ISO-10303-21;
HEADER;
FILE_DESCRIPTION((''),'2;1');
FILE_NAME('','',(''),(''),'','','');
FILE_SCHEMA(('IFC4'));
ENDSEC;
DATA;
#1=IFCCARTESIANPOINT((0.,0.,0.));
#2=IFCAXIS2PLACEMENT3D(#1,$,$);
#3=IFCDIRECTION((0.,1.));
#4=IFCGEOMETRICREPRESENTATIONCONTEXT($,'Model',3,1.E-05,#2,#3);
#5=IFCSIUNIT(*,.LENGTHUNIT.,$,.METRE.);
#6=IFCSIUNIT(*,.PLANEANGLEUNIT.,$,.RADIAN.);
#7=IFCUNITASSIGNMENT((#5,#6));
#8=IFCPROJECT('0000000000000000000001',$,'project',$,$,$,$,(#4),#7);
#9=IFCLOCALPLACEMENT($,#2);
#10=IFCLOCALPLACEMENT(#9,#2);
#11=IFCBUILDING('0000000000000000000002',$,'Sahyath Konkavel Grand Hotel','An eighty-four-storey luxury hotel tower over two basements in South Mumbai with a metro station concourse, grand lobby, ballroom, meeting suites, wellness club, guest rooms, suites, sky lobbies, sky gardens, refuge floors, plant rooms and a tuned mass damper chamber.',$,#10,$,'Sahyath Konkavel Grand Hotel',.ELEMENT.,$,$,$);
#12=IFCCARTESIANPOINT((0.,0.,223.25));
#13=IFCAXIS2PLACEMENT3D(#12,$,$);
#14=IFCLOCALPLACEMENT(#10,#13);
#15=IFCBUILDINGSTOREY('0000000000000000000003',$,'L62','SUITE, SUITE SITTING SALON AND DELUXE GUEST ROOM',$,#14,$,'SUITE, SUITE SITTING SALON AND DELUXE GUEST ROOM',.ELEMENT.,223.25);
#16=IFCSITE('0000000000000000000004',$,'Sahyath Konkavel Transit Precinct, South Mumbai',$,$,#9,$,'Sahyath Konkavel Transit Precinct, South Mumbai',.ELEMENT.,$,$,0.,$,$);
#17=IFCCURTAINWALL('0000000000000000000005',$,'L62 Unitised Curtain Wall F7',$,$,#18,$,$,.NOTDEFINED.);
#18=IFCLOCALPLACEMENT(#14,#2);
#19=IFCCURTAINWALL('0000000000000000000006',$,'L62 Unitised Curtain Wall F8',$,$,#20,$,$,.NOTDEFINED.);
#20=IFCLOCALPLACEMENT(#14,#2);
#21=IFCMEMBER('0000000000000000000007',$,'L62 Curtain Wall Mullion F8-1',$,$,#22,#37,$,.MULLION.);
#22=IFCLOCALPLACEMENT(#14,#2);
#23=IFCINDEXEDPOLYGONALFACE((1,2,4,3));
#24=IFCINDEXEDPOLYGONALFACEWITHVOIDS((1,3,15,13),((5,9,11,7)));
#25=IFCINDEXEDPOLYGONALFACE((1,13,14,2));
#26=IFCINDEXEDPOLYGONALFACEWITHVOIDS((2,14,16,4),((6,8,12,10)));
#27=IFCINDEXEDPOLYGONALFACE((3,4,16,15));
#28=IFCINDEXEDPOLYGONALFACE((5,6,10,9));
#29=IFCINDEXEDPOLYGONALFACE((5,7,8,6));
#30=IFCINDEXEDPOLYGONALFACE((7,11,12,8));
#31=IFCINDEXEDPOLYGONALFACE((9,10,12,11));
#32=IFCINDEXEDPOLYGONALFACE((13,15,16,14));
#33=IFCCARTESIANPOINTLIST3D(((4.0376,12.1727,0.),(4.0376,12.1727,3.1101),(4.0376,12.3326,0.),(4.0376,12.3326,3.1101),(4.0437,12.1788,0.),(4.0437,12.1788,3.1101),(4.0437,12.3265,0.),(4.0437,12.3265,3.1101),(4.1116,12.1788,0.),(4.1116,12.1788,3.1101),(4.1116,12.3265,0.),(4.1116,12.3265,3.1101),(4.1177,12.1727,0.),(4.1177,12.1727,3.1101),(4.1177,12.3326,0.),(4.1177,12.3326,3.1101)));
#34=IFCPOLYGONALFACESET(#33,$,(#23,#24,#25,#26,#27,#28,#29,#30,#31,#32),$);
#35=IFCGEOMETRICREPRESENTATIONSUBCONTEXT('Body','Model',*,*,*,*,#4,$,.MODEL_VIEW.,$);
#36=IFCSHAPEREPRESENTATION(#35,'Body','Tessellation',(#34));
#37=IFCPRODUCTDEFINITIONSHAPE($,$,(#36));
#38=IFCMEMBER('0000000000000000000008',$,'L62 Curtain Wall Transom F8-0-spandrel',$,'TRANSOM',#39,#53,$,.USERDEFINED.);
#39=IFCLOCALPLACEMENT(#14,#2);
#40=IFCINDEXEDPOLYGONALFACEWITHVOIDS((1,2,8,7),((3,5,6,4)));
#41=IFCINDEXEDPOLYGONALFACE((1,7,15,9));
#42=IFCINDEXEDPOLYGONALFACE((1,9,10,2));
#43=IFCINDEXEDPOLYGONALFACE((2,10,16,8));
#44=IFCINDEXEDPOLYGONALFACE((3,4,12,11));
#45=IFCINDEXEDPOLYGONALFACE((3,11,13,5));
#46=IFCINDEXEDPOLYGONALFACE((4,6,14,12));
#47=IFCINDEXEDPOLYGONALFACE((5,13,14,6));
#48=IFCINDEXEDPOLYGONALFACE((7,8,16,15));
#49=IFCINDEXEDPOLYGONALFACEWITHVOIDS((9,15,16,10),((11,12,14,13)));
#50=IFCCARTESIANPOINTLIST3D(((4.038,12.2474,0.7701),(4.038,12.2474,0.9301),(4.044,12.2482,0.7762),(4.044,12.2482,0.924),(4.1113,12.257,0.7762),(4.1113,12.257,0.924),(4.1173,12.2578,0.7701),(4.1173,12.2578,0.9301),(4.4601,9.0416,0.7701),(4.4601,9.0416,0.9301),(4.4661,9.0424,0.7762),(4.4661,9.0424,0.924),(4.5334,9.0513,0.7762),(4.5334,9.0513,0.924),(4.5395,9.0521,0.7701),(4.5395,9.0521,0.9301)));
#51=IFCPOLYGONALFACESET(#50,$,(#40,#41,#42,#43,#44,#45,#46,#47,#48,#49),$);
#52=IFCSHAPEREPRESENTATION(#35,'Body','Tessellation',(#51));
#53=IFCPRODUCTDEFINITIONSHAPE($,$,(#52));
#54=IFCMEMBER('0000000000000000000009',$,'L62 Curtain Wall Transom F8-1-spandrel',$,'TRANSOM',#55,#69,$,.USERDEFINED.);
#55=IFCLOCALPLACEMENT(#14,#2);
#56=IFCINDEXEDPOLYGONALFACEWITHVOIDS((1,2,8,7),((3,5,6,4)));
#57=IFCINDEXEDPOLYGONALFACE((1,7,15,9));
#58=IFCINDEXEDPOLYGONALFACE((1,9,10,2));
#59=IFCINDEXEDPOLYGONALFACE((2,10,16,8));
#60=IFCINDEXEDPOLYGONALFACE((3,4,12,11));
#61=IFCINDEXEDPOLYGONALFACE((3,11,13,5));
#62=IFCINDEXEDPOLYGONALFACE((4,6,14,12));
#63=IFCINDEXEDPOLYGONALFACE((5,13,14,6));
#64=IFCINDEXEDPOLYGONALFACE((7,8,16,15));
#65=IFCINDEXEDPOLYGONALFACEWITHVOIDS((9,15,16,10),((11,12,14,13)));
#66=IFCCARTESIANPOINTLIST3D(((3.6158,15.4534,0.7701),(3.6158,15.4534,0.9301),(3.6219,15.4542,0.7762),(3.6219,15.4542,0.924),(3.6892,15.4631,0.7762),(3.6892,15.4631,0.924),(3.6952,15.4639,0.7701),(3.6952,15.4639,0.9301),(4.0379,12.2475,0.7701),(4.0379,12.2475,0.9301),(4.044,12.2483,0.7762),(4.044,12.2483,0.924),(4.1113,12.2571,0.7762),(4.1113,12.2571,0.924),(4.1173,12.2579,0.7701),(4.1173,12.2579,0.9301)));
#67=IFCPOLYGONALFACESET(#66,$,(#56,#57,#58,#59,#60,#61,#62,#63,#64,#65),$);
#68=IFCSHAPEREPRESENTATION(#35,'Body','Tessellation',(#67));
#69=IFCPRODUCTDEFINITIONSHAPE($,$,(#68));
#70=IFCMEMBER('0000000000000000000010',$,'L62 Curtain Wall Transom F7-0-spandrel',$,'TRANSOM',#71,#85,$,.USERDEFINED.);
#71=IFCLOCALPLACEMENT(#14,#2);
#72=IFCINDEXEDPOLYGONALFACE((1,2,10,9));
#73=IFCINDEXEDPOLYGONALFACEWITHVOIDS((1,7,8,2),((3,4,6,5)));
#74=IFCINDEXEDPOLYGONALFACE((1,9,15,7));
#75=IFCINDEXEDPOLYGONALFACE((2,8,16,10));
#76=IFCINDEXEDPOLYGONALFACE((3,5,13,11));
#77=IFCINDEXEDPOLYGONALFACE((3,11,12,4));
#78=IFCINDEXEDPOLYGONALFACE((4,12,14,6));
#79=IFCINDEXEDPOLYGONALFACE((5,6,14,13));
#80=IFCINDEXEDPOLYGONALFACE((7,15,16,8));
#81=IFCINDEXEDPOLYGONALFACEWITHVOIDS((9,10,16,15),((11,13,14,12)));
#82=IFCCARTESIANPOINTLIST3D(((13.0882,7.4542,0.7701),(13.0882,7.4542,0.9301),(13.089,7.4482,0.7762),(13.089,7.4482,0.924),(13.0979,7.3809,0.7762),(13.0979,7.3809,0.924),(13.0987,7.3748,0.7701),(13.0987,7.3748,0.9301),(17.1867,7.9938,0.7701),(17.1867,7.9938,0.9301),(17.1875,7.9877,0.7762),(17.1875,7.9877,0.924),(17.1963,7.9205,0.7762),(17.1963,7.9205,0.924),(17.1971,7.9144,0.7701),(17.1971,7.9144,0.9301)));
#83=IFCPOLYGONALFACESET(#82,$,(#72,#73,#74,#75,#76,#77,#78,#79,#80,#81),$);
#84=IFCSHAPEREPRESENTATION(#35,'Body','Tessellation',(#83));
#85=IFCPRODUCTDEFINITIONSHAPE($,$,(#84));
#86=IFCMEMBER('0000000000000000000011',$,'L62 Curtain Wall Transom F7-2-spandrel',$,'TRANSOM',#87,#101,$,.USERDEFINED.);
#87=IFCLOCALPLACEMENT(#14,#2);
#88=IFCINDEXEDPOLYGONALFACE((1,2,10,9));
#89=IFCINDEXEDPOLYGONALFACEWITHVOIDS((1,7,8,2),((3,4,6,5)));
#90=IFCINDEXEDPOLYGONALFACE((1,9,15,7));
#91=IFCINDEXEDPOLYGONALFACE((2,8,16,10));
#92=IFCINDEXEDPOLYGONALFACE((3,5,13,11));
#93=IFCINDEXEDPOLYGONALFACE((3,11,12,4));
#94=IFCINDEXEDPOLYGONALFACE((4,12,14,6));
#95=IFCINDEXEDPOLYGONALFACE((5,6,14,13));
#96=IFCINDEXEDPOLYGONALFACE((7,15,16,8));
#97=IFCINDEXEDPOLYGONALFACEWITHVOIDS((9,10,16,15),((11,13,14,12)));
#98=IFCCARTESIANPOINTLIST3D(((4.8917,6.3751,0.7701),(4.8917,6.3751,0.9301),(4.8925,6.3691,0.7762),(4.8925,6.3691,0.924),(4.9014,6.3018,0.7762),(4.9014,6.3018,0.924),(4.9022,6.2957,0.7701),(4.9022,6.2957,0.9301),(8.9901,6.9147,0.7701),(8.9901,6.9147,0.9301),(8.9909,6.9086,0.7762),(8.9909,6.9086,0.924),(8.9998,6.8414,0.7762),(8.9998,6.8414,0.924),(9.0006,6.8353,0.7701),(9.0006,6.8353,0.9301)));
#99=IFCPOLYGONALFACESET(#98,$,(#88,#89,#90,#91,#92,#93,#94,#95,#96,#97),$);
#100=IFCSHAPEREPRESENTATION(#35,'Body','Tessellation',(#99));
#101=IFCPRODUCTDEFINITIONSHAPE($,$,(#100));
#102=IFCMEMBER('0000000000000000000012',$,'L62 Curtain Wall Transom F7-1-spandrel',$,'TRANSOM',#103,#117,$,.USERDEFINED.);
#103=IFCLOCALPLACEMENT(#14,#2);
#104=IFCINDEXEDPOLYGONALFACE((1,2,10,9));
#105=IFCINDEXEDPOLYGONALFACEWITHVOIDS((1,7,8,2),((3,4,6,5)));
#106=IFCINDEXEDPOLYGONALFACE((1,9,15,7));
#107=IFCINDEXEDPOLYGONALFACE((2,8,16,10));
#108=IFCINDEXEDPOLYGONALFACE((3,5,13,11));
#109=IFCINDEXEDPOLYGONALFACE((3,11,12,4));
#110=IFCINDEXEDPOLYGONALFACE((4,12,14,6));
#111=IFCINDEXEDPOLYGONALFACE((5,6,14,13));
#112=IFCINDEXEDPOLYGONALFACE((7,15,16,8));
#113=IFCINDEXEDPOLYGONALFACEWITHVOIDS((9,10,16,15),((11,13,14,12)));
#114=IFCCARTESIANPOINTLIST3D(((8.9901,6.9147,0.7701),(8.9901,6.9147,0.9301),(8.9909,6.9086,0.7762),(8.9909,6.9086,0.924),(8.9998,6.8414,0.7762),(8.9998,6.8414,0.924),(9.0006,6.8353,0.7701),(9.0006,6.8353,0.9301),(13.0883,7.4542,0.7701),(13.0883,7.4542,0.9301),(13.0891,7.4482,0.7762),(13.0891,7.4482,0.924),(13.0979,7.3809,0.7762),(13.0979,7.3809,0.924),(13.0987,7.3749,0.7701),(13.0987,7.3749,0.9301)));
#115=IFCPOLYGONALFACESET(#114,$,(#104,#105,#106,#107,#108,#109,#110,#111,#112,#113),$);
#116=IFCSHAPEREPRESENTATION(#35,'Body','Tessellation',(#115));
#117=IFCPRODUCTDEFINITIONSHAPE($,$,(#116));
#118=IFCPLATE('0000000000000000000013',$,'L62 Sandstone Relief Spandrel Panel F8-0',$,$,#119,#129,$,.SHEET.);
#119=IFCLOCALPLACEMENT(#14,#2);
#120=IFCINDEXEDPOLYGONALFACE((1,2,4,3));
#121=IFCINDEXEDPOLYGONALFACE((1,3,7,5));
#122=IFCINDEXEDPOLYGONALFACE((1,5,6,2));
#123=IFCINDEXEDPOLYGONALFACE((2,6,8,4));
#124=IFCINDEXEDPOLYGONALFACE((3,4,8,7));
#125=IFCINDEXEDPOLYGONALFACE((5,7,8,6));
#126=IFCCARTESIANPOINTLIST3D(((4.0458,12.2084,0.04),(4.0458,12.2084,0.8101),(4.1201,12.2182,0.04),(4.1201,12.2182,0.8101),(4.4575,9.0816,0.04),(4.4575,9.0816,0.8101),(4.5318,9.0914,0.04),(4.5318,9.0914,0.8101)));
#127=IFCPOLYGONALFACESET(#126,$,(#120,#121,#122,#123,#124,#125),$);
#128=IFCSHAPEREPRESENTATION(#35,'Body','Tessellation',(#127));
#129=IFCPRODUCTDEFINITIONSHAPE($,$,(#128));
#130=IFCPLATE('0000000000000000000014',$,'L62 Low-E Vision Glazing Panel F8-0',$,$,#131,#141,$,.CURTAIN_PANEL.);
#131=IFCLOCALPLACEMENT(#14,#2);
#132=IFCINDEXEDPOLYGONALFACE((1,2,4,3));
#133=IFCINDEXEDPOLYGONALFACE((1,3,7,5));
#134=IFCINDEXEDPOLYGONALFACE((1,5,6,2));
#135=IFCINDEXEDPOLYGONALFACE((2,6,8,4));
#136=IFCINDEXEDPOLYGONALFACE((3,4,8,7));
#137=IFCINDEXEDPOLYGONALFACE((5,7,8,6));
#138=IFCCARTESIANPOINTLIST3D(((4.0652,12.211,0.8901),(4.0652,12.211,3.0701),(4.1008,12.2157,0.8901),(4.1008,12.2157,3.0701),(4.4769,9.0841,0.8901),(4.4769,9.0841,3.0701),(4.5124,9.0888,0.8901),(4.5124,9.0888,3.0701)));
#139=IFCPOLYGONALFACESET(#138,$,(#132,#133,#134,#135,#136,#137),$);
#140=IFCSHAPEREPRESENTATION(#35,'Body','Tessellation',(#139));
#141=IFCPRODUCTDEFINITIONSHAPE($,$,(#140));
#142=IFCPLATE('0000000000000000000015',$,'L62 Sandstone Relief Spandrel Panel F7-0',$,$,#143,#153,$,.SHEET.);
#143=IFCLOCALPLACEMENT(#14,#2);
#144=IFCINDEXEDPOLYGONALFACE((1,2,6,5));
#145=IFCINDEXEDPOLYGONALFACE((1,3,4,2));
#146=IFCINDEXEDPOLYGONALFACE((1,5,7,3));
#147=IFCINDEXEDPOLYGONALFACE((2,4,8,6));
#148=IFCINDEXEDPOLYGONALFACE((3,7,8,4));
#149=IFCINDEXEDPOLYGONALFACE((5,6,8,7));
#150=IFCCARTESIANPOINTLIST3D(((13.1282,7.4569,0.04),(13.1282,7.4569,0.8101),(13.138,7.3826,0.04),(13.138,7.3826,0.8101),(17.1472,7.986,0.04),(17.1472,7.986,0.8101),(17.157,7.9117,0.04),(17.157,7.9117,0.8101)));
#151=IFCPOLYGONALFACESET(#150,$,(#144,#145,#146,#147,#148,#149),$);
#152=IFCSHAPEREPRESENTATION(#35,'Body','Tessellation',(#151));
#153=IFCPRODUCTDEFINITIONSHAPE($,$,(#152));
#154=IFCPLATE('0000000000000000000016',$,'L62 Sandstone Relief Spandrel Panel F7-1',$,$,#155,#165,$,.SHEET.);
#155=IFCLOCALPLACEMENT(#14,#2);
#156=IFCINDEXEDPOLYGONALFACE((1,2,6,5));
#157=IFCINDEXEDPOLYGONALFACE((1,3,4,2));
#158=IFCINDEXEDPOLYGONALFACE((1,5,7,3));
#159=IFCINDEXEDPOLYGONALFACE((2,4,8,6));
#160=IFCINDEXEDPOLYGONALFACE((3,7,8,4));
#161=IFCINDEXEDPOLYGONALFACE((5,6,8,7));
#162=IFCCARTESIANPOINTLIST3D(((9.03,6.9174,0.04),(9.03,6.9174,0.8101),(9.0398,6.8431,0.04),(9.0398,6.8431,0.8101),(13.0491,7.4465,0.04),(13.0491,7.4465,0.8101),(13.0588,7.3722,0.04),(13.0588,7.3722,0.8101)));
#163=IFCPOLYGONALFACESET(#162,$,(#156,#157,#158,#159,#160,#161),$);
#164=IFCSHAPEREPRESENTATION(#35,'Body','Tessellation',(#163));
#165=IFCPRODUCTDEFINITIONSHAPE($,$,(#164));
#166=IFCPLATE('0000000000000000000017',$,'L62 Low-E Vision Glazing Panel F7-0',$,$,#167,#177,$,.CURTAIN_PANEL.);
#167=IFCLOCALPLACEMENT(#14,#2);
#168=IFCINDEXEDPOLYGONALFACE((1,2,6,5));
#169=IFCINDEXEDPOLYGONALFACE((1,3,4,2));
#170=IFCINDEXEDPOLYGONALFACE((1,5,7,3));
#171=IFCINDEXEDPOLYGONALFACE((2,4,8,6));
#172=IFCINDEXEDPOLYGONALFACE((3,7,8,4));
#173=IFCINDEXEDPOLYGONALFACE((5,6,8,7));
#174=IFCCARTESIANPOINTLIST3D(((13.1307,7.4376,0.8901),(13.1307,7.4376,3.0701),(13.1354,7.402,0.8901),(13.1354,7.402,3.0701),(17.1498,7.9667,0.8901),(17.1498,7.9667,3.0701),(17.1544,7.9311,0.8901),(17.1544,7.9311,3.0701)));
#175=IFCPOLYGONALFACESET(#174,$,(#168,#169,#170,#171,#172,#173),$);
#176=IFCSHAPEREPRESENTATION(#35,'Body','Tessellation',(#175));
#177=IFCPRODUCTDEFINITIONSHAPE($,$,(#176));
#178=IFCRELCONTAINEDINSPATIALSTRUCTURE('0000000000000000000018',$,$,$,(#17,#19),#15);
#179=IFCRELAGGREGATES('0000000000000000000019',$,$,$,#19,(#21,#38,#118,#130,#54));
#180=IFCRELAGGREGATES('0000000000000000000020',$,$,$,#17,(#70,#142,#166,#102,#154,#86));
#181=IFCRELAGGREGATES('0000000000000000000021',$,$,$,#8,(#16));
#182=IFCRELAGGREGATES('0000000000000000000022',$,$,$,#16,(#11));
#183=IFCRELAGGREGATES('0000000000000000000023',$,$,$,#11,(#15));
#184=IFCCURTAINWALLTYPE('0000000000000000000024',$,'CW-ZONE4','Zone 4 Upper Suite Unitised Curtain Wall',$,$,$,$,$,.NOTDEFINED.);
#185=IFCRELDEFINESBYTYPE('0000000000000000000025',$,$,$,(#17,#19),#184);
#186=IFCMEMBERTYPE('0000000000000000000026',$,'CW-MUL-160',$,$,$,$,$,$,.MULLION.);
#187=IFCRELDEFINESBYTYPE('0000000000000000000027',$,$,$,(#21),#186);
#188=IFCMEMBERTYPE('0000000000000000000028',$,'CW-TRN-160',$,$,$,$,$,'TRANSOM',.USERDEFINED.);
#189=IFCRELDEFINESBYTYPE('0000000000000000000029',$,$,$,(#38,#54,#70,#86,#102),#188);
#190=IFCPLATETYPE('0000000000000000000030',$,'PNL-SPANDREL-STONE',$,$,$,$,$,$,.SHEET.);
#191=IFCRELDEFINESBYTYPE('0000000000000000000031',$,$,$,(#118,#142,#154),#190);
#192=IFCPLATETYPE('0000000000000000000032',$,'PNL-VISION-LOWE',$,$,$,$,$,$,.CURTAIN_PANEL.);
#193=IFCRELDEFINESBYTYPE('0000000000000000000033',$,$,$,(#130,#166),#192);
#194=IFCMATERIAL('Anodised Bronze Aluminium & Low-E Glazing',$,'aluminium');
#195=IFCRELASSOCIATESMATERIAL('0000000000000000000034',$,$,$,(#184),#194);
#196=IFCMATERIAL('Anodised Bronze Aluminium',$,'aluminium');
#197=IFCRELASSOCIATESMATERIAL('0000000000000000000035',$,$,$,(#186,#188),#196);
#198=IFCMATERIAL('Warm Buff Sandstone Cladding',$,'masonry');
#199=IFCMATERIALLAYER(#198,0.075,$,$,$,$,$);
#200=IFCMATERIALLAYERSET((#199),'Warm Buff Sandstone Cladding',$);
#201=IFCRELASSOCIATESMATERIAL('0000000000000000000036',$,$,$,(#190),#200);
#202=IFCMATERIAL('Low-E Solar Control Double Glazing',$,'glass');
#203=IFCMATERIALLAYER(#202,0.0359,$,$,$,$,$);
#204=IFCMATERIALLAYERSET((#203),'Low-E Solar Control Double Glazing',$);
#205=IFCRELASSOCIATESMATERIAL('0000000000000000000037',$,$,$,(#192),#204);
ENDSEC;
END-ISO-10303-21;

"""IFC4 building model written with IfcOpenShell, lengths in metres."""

from ifc_helpers import new_model, si_unit, direction, frame, origin, origin_2d, place, context, subcontext, project, spatial, rectangle, hollow_rectangle, extrude, source, transform, mapped, material, layer, layer_set, material_profile, profile_set, type_object, element, aggregate, save


model = new_model("IFC4")

# Units and contexts
model_context = context("Model", 3, precision=1e-05, world=origin(), true_north=direction((0.0, 1.0)))
body_context = subcontext(model_context, "Body", "Model", "MODEL_VIEW")
ifc_project = project(units=[si_unit("LENGTHUNIT", "METRE"), si_unit("PLANEANGLEUNIT", "RADIAN")], contexts=[model_context])

# Site, building, storey
site_placement = place(None, origin())
site = spatial("IfcSite", under=ifc_project, at=site_placement, Name="Sahyath Konkavel Transit Precinct, South Mumbai", LongName="Sahyath Konkavel Transit Precinct, South Mumbai", CompositionType="ELEMENT", RefElevation=0.0)
building_placement = place(site_placement, origin())
building = spatial("IfcBuilding", under=site, at=building_placement, Name="Sahyath Konkavel Grand Hotel", Description="An eighty-four-storey luxury hotel tower over two basements in South Mumbai with a metro station concourse, grand lobby, ballroom, meeting suites, wellness club, guest rooms, suites, sky lobbies, sky gardens, refuge floors, plant rooms and a tuned mass damper chamber.", LongName="Sahyath Konkavel Grand Hotel", CompositionType="ELEMENT")
storey_placement = place(building_placement, frame((0.0, 0.0, 223.25)))
storey = spatial("IfcBuildingStorey", under=building, at=storey_placement, Name="L62", Description="SUITE, SUITE SITTING SALON AND DELUXE GUEST ROOM", LongName="SUITE, SUITE SITTING SALON AND DELUXE GUEST ROOM", CompositionType="ELEMENT", Elevation=223.25)

# Curtain walls
ifc_material_1 = material(Name="Anodised Bronze Aluminium & Low-E Glazing", Category="aluminium")
curtain_wall_type = type_object("IfcCurtainWallType", Name="CW-ZONE4", Description="Zone 4 Upper Suite Unitised Curtain Wall", PredefinedType="NOTDEFINED", material=ifc_material_1)
curtain_wall_1_placement = place(storey_placement, origin())
curtain_wall_1 = element("IfcCurtainWall", 1, at=curtain_wall_1_placement, inside=storey, type_object=curtain_wall_type, Name="L62 Unitised Curtain Wall F7", PredefinedType="NOTDEFINED")
curtain_wall_2_placement = place(storey_placement, origin())
curtain_wall_2 = element("IfcCurtainWall", 2, at=curtain_wall_2_placement, inside=storey, type_object=curtain_wall_type, Name="L62 Unitised Curtain Wall F8", PredefinedType="NOTDEFINED")
ifc_material_2 = material(Name="Anodised Bronze Aluminium", Category="aluminium")
ifc_material_profile_1 = material_profile(ifc_material_2, hollow_rectangle(XDim=0.0801, YDim=0.1599, WallThickness=0.0061, at=origin_2d()), Name="RHS 160x80x6")
ifc_profile_set_1 = profile_set([ifc_material_profile_1], Name="Anodised Bronze Aluminium")
member_type_1 = type_object("IfcMemberType", Name="CW-MUL-160", PredefinedType="MULLION", material=ifc_profile_set_1)
shared_shape_1 = source(origin(), body_context, "Body", "SweptSolid", [
    extrude(hollow_rectangle(XDim=0.0801, YDim=0.1599, WallThickness=0.0061, at=origin_2d()), origin(), (0.0, 0.0, 1.0), 3.1101),
])

# Members
member_1_placement = place(storey_placement, frame((4.0776, 12.2527, 0.0), z_axis=(0.0, 0.0, 1.0), x_axis=(1.0, 0.0, 0.0)))
member_1 = element("IfcMember", 3, at=member_1_placement, type_object=member_type_1, Name="L62 Curtain Wall Mullion F8-1", PredefinedType="MULLION", context=body_context, shape_type="MappedRepresentation", body=[
    mapped(shared_shape_1, transform((0.0, 0.0, 0.0), scale=1.0)),
])
ifc_material_profile_2 = material_profile(ifc_material_2, hollow_rectangle(XDim=0.0801, YDim=0.1599, WallThickness=0.0061, at=origin_2d()), Name="RHS 160x80x6")
ifc_profile_set_2 = profile_set([ifc_material_profile_2], Name="Anodised Bronze Aluminium")
member_type_2 = type_object("IfcMemberType", Name="CW-TRN-160", ElementType="TRANSOM", PredefinedType="USERDEFINED", material=ifc_profile_set_2)
shared_shape_2 = source(origin(), body_context, "Body", "SweptSolid", [
    extrude(hollow_rectangle(XDim=0.0801, YDim=0.1599, WallThickness=0.0061, at=origin_2d()), origin(), (0.0, 0.0, 1.0), 3.2334),
])
member_2_placement = place(storey_placement, frame((4.4998, 9.0469, 0.8501), z_axis=(-0.130546, 0.991442, 0.0), x_axis=(-0.991442, -0.130546, 0.0)))
member_2 = element("IfcMember", 4, at=member_2_placement, type_object=member_type_2, Name="L62 Curtain Wall Transom F8-0-spandrel", ObjectType="TRANSOM", PredefinedType="USERDEFINED", context=body_context, shape_type="MappedRepresentation", body=[
    mapped(shared_shape_2, transform((0.0, 0.0, 0.0), scale=1.0)),
])
shared_shape_3 = source(origin(), body_context, "Body", "SweptSolid", [
    extrude(hollow_rectangle(XDim=0.0801, YDim=0.1599, WallThickness=0.0061, at=origin_2d()), origin(), (0.0, 0.0, 1.0), 3.2336),
])
member_3_placement = place(storey_placement, frame((4.0776, 12.2527, 0.8501), z_axis=(-0.130537, 0.991443, 0.0), x_axis=(-0.991443, -0.130537, 0.0)))
member_3 = element("IfcMember", 5, at=member_3_placement, type_object=member_type_2, Name="L62 Curtain Wall Transom F8-1-spandrel", ObjectType="TRANSOM", PredefinedType="USERDEFINED", context=body_context, shape_type="MappedRepresentation", body=[
    mapped(shared_shape_3, transform((0.0, 0.0, 0.0), scale=1.0)),
])
shared_shape_4 = source(origin(), body_context, "Body", "SweptSolid", [
    extrude(hollow_rectangle(XDim=0.0801, YDim=0.1599, WallThickness=0.0061, at=origin_2d()), origin(), (0.0, 0.0, 1.0), 4.1338),
])
member_4_placement = place(storey_placement, frame((17.1919, 7.9541, 0.8501), z_axis=(-0.991445, -0.130523, 0.0), x_axis=(0.130523, -0.991445, 0.0)))
member_4 = element("IfcMember", 6, at=member_4_placement, type_object=member_type_2, Name="L62 Curtain Wall Transom F7-0-spandrel", ObjectType="TRANSOM", PredefinedType="USERDEFINED", context=body_context, shape_type="MappedRepresentation", body=[
    mapped(shared_shape_4, transform((0.0, 0.0, 0.0), scale=1.0)),
])
member_5_placement = place(storey_placement, frame((8.9954, 6.875, 0.8501), z_axis=(-0.991445, -0.130523, 0.0), x_axis=(0.130523, -0.991445, 0.0)))
member_5 = element("IfcMember", 7, at=member_5_placement, type_object=member_type_2, Name="L62 Curtain Wall Transom F7-2-spandrel", ObjectType="TRANSOM", PredefinedType="USERDEFINED", context=body_context, shape_type="MappedRepresentation", body=[
    mapped(shared_shape_4, transform((0.0, 0.0, 0.0), scale=1.0)),
])
shared_shape_5 = source(origin(), body_context, "Body", "SweptSolid", [
    extrude(hollow_rectangle(XDim=0.0801, YDim=0.1599, WallThickness=0.0061, at=origin_2d()), origin(), (0.0, 0.0, 1.0), 4.1335),
])
member_6_placement = place(storey_placement, frame((13.0935, 7.4146, 0.8501), z_axis=(-0.991444, -0.130531, 0.0), x_axis=(0.130531, -0.991444, 0.0)))
member_6 = element("IfcMember", 8, at=member_6_placement, type_object=member_type_2, Name="L62 Curtain Wall Transom F7-1-spandrel", ObjectType="TRANSOM", PredefinedType="USERDEFINED", context=body_context, shape_type="MappedRepresentation", body=[
    mapped(shared_shape_5, transform((0.0, 0.0, 0.0), scale=1.0)),
])

# Plates
ifc_material_3 = material(Name="Warm Buff Sandstone Cladding", Category="masonry")
ifc_layer_1 = layer(ifc_material_3, 0.075)
ifc_layer_set_1 = layer_set([ifc_layer_1], Name="Warm Buff Sandstone Cladding")
plate_type_1 = type_object("IfcPlateType", Name="PNL-SPANDREL-STONE", PredefinedType="SHEET", material=ifc_layer_set_1)
shared_shape_6 = source(origin(), body_context, "Body", "SweptSolid", [
    extrude(rectangle(XDim=3.1538, YDim=0.075, at=origin_2d()), origin(), (0.0, 0.0, 1.0), 0.77),
])
plate_1_placement = place(storey_placement, frame((4.2888, 10.6499, 0.04), z_axis=(0.0, 0.0, 1.0), x_axis=(-0.130526, 0.991445, 0.0)))
plate_1 = element("IfcPlate", 9, at=plate_1_placement, type_object=plate_type_1, Name="L62 Sandstone Relief Spandrel Panel F8-0", PredefinedType="SHEET", context=body_context, shape_type="MappedRepresentation", body=[
    mapped(shared_shape_6, transform((0.0, 0.0, 0.0), scale=1.0)),
])
ifc_material_4 = material(Name="Low-E Solar Control Double Glazing", Category="glass")
ifc_layer_2 = layer(ifc_material_4, 0.0359)
ifc_layer_set_2 = layer_set([ifc_layer_2], Name="Low-E Solar Control Double Glazing")
plate_type_2 = type_object("IfcPlateType", Name="PNL-VISION-LOWE", PredefinedType="CURTAIN_PANEL", material=ifc_layer_set_2)
shared_shape_7 = source(origin(), body_context, "Body", "SweptSolid", [
    extrude(rectangle(XDim=3.1538, YDim=0.0359, at=origin_2d()), origin(), (0.0, 0.0, 1.0), 2.1799),
])
plate_2_placement = place(storey_placement, frame((4.2888, 10.6499, 0.8901), z_axis=(0.0, 0.0, 1.0), x_axis=(-0.130526, 0.991445, 0.0)))
plate_2 = element("IfcPlate", 10, at=plate_2_placement, type_object=plate_type_2, Name="L62 Low-E Vision Glazing Panel F8-0", PredefinedType="CURTAIN_PANEL", context=body_context, shape_type="MappedRepresentation", body=[
    mapped(shared_shape_7, transform((0.0, 0.0, 0.0), scale=1.0)),
])
aggregate(curtain_wall_2, [member_1, member_2, plate_1, plate_2, member_3])
shared_shape_8 = source(origin(), body_context, "Body", "SweptSolid", [
    extrude(rectangle(XDim=4.0537, YDim=0.075, at=origin_2d()), origin(), (0.0, 0.0, 1.0), 0.77),
])
plate_3_placement = place(storey_placement, frame((15.1426, 7.6843, 0.04), z_axis=(0.0, 0.0, 1.0), x_axis=(-0.991445, -0.130526, 0.0)))
plate_3 = element("IfcPlate", 11, at=plate_3_placement, type_object=plate_type_1, Name="L62 Sandstone Relief Spandrel Panel F7-0", PredefinedType="SHEET", context=body_context, shape_type="MappedRepresentation", body=[
    mapped(shared_shape_8, transform((0.0, 0.0, 0.0), scale=1.0)),
])
plate_4_placement = place(storey_placement, frame((11.0444, 7.1448, 0.04), z_axis=(0.0, 0.0, 1.0), x_axis=(-0.991445, -0.130526, 0.0)))
plate_4 = element("IfcPlate", 12, at=plate_4_placement, type_object=plate_type_1, Name="L62 Sandstone Relief Spandrel Panel F7-1", PredefinedType="SHEET", context=body_context, shape_type="MappedRepresentation", body=[
    mapped(shared_shape_8, transform((0.0, 0.0, 0.0), scale=1.0)),
])
shared_shape_9 = source(origin(), body_context, "Body", "SweptSolid", [
    extrude(rectangle(XDim=4.0537, YDim=0.0359, at=origin_2d()), origin(), (0.0, 0.0, 1.0), 2.1799),
])
plate_5_placement = place(storey_placement, frame((15.1426, 7.6843, 0.8901), z_axis=(0.0, 0.0, 1.0), x_axis=(-0.991445, -0.130526, 0.0)))
plate_5 = element("IfcPlate", 13, at=plate_5_placement, type_object=plate_type_2, Name="L62 Low-E Vision Glazing Panel F7-0", PredefinedType="CURTAIN_PANEL", context=body_context, shape_type="MappedRepresentation", body=[
    mapped(shared_shape_9, transform((0.0, 0.0, 0.0), scale=1.0)),
])
aggregate(curtain_wall_1, [member_4, plate_3, plate_5, member_6, plate_4, member_5])

save(model, "model.ifc")
